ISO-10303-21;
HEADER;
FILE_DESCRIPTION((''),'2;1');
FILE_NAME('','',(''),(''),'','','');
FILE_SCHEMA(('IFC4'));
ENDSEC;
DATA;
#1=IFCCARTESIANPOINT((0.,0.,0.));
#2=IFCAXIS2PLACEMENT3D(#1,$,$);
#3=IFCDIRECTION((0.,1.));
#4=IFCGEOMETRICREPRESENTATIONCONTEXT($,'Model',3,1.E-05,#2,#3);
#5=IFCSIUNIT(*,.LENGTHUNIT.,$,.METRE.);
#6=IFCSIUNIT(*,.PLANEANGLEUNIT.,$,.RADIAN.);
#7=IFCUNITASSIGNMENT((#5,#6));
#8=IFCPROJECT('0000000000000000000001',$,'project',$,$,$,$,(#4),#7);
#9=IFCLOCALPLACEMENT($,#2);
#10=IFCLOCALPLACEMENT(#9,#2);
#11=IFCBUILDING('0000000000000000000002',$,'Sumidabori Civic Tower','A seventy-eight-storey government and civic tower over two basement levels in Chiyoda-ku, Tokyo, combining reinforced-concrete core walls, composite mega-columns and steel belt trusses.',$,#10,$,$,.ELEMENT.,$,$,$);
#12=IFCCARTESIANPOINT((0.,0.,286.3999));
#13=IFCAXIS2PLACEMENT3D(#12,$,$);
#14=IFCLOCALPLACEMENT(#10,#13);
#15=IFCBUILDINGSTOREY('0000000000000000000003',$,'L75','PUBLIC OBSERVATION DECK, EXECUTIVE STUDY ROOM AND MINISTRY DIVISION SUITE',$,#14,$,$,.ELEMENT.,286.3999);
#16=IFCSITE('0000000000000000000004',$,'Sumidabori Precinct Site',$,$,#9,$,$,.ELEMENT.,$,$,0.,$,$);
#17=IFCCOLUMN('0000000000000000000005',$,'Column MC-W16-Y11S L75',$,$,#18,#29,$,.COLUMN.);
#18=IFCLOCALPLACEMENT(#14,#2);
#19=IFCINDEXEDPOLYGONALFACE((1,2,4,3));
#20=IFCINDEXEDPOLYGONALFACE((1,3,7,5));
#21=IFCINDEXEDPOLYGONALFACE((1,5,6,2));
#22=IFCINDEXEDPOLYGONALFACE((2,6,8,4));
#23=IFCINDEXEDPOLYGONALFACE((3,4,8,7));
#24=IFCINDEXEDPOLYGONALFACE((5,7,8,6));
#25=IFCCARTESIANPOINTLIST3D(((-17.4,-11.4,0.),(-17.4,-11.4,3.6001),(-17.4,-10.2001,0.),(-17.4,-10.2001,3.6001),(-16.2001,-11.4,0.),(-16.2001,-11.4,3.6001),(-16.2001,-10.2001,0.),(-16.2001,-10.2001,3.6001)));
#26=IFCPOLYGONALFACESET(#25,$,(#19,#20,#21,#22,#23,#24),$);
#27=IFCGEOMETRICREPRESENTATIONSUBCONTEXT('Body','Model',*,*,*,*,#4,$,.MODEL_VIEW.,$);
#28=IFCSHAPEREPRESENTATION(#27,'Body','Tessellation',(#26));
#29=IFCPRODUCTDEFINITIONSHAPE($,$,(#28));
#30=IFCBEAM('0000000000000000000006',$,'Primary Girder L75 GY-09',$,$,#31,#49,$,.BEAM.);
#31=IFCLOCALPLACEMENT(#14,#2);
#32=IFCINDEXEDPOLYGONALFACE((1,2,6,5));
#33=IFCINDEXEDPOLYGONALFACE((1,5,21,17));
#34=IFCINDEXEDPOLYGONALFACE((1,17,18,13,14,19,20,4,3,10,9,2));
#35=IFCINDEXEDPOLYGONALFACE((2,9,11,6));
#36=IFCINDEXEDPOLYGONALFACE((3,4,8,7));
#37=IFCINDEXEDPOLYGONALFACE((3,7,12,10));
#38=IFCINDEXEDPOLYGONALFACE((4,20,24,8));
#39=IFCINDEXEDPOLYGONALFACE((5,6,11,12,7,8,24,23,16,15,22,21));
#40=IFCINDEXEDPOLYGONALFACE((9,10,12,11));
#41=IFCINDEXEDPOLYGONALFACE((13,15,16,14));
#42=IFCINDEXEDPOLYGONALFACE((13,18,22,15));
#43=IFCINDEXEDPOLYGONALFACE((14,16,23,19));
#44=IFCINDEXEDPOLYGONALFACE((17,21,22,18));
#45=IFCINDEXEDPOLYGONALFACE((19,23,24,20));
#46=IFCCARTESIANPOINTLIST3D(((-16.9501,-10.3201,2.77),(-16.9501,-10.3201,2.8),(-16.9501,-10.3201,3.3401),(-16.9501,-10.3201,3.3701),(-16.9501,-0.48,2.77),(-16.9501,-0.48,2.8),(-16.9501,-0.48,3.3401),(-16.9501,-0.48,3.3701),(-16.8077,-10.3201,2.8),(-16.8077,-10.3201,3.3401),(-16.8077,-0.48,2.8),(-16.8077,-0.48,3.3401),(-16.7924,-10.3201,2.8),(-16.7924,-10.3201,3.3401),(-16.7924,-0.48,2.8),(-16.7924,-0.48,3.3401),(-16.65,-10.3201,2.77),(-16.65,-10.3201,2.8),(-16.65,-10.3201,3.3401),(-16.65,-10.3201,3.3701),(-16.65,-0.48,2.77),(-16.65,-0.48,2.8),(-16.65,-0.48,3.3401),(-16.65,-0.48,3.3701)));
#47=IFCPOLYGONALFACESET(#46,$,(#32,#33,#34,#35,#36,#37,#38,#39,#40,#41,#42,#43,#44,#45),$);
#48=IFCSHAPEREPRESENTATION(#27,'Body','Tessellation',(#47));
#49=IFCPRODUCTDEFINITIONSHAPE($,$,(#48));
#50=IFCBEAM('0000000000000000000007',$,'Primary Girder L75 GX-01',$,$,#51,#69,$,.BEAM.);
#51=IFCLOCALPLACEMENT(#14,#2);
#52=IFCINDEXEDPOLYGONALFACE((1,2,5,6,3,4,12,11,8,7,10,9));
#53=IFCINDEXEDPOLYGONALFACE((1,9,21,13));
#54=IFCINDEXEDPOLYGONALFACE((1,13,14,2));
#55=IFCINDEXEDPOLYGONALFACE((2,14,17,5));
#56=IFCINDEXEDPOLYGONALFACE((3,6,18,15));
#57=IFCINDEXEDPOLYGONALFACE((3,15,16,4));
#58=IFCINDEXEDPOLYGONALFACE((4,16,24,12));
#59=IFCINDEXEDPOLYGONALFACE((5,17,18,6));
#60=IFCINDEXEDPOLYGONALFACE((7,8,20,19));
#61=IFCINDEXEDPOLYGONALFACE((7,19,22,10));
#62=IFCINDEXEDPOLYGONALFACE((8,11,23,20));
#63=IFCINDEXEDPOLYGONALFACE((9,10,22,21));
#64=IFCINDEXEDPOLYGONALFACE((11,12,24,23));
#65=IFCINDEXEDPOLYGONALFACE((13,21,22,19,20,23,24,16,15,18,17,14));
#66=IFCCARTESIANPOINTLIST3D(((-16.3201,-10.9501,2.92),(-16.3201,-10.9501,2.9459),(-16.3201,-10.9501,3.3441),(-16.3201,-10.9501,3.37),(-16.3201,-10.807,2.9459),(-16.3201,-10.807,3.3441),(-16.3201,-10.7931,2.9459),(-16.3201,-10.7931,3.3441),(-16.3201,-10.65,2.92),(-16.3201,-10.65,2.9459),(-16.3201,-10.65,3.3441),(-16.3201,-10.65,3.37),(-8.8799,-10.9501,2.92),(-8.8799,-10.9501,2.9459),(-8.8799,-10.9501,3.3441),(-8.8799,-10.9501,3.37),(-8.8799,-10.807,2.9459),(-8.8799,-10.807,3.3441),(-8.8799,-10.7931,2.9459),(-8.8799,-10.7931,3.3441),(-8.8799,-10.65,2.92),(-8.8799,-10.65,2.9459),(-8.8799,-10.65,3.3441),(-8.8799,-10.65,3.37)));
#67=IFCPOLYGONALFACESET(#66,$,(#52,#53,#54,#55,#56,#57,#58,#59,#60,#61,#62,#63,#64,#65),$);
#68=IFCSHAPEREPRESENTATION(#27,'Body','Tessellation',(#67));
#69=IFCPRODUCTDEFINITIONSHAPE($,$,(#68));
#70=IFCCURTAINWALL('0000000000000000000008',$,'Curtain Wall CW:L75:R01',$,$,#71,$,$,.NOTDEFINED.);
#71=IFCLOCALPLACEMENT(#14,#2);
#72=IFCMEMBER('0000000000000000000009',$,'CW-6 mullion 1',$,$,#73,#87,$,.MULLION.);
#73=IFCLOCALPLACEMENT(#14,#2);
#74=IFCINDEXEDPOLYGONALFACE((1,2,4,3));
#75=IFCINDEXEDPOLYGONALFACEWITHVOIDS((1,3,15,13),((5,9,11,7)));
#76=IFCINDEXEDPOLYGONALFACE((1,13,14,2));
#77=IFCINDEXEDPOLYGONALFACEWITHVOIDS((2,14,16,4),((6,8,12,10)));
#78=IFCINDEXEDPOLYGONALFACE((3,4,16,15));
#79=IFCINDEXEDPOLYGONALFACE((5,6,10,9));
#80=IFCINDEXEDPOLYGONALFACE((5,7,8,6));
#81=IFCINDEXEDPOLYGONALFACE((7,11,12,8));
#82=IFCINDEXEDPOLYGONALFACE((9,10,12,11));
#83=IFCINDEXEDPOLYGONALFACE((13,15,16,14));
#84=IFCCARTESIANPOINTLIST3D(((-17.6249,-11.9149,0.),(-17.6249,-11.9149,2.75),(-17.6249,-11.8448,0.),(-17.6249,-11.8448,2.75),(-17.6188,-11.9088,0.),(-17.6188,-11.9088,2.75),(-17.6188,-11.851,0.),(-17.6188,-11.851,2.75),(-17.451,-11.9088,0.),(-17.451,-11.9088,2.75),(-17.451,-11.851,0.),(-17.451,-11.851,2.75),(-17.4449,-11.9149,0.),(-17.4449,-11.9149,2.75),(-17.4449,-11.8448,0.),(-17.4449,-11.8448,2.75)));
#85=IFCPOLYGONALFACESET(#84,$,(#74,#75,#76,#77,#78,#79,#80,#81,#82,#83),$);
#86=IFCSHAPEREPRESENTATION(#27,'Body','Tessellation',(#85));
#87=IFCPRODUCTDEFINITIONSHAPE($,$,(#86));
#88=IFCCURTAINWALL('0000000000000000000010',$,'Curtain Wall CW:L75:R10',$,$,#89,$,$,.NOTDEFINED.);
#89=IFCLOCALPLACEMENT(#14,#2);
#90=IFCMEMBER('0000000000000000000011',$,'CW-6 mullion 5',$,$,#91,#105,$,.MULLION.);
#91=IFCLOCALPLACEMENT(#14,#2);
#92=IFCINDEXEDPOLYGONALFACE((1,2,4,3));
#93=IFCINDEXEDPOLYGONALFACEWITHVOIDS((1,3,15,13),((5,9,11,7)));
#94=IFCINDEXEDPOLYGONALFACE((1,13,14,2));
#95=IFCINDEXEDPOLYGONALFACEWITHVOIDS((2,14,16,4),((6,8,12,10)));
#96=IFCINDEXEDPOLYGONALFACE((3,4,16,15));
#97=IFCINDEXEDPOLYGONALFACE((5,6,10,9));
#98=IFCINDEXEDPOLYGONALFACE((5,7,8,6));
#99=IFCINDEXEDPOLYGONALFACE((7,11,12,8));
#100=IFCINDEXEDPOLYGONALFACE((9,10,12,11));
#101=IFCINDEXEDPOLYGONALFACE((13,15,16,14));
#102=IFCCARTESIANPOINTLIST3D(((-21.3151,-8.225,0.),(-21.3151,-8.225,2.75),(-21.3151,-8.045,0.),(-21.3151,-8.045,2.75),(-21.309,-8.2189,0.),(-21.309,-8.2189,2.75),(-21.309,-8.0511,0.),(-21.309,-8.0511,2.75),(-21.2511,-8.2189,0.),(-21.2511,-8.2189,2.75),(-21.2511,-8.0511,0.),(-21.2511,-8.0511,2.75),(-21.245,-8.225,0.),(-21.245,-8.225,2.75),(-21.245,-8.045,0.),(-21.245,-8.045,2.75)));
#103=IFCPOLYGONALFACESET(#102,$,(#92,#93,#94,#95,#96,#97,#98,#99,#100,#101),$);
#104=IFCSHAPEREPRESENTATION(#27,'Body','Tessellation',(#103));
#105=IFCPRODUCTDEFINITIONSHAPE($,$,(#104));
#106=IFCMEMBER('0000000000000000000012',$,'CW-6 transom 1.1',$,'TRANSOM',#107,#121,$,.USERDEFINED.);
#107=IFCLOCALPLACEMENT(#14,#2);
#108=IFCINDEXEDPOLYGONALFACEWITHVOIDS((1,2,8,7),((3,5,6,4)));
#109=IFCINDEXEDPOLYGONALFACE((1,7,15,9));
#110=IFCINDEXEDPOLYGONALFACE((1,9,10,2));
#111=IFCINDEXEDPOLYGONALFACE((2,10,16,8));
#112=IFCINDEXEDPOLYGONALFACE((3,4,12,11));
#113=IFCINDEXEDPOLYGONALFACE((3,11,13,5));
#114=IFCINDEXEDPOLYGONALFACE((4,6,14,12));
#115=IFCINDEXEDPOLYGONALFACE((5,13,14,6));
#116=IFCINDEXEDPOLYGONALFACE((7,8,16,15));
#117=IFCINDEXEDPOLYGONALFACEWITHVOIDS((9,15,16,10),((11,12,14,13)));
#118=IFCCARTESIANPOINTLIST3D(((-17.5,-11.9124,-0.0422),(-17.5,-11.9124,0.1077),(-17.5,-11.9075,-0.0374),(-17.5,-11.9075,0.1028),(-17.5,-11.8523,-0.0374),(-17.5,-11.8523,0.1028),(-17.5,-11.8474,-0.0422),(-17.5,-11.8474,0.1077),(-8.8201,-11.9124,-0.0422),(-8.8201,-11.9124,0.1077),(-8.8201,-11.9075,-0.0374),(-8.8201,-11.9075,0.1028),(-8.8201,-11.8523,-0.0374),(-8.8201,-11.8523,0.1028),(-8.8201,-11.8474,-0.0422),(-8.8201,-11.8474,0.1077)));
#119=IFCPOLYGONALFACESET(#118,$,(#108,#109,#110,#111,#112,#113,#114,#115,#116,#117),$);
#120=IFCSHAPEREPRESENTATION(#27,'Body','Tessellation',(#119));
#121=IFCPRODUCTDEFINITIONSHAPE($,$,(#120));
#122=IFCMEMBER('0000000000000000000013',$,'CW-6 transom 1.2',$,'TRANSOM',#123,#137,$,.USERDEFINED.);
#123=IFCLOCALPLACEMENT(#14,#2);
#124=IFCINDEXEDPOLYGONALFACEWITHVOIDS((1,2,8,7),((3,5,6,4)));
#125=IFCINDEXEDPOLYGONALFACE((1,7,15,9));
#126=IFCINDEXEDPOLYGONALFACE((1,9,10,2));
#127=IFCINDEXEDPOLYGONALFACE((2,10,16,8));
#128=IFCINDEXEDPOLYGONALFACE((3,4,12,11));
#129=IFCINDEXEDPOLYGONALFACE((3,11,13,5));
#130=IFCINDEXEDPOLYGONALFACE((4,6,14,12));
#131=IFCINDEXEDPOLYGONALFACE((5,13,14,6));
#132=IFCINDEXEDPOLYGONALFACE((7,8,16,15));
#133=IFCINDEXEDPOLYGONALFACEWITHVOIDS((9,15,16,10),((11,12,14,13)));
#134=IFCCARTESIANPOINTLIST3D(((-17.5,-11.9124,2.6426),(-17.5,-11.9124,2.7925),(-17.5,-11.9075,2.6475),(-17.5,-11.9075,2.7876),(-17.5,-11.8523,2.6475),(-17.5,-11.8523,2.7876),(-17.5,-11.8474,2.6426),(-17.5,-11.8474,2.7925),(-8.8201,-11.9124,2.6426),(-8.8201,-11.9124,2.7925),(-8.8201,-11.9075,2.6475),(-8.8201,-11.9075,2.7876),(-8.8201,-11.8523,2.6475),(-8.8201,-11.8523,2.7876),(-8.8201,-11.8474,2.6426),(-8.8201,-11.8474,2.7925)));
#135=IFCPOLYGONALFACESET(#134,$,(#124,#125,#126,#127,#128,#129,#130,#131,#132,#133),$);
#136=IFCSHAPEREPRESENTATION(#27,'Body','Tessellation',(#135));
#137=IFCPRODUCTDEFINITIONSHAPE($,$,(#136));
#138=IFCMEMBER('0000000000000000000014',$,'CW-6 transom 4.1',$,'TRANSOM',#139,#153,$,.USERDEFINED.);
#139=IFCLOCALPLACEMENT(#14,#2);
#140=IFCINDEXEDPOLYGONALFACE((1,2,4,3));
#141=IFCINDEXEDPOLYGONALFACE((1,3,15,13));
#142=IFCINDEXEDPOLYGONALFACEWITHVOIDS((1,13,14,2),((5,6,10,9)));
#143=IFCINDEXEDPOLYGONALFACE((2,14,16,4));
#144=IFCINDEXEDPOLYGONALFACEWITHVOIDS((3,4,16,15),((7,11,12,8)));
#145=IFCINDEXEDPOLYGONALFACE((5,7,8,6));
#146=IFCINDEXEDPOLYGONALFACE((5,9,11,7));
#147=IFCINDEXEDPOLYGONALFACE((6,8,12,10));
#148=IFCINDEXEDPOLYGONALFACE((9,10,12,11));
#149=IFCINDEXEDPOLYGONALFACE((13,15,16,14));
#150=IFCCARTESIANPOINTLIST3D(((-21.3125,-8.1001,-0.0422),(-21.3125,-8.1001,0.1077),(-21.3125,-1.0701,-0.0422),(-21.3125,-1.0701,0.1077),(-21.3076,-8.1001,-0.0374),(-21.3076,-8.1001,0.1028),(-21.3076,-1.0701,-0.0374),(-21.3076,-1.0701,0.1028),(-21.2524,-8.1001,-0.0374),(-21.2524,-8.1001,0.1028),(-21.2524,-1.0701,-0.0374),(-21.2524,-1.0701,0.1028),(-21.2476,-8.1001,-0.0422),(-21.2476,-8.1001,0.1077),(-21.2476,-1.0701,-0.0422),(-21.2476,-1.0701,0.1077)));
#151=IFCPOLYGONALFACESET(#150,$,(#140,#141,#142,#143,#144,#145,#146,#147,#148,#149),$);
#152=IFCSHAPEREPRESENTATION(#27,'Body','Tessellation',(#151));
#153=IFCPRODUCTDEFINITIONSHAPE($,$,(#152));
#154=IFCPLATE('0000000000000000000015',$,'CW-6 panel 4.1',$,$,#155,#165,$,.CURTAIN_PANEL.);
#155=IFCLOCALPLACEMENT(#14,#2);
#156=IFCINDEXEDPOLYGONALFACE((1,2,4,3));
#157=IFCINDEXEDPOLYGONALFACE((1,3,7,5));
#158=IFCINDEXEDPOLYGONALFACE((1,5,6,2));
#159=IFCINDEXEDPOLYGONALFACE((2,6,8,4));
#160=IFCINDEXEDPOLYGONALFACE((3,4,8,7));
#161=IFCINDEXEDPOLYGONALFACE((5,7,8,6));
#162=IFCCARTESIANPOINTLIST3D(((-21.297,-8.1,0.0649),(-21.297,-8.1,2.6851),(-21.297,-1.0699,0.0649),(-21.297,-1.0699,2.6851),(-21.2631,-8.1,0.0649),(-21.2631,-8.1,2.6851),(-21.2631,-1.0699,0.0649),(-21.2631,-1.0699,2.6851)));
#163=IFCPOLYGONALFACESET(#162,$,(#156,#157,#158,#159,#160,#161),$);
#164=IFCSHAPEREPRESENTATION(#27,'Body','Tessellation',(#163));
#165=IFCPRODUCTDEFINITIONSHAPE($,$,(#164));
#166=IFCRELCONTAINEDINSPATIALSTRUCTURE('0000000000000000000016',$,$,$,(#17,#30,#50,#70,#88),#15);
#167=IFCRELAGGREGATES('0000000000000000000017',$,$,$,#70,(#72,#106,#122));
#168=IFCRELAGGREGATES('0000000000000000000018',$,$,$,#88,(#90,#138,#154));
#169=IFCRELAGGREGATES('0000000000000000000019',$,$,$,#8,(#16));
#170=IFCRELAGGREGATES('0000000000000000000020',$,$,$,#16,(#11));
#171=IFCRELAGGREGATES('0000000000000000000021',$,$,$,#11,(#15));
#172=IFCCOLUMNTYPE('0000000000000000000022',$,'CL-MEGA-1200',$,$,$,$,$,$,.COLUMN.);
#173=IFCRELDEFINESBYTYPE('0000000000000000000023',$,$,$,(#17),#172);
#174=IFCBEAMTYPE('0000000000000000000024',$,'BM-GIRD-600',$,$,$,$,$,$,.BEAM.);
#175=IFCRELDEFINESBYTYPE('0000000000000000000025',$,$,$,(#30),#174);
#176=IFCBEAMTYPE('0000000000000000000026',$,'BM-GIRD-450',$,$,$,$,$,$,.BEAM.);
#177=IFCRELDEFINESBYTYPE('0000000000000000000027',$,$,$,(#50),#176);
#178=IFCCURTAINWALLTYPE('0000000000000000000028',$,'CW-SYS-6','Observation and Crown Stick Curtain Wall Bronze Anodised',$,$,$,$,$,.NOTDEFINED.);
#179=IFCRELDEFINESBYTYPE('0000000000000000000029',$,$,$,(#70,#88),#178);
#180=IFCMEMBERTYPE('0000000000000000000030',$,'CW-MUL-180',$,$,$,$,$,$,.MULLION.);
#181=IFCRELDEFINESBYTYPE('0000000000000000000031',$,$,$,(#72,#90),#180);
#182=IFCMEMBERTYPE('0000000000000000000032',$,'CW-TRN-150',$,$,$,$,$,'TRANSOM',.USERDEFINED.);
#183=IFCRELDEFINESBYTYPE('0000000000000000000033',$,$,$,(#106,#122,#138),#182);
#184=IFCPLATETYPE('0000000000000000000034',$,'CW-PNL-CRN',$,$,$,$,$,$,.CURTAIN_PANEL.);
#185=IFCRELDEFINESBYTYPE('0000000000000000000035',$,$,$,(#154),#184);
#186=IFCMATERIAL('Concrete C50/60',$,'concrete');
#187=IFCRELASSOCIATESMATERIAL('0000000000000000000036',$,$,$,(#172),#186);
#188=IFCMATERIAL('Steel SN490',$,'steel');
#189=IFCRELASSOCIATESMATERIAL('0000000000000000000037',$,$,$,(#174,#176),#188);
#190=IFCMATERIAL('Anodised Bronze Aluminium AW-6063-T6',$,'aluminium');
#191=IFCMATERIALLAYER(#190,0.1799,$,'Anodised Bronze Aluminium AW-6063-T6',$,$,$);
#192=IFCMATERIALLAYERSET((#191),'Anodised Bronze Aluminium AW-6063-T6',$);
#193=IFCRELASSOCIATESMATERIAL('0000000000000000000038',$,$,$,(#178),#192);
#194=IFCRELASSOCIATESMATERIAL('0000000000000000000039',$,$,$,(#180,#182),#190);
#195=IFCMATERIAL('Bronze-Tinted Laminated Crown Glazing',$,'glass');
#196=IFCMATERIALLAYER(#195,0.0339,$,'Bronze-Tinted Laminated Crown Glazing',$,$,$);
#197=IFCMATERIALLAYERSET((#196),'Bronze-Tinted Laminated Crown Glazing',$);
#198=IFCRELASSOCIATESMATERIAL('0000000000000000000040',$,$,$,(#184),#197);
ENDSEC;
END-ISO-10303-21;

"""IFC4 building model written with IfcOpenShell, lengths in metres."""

from ifc_helpers import new_model, si_unit, direction, frame, origin, origin_2d, place, context, subcontext, project, spatial, rectangle, hollow_rectangle, i_section, extrude, source, transform, mapped, material, layer, layer_set, material_profile, profile_set, type_object, element, aggregate, save


model = new_model("IFC4")

# Units and contexts
model_context = context("Model", 3, precision=1e-05, world=origin(), true_north=direction((0.0, 1.0)))
body_context = subcontext(model_context, "Body", "Model", "MODEL_VIEW")
ifc_project = project(units=[si_unit("LENGTHUNIT", "METRE"), si_unit("PLANEANGLEUNIT", "RADIAN")], contexts=[model_context])

# Site, building, storey
site_placement = place(None, origin())
site = spatial("IfcSite", under=ifc_project, at=site_placement, Name="Sumidabori Precinct Site", CompositionType="ELEMENT", RefElevation=0.0)
building_placement = place(site_placement, origin())
building = spatial("IfcBuilding", under=site, at=building_placement, Name="Sumidabori Civic Tower", Description="A seventy-eight-storey government and civic tower over two basement levels in Chiyoda-ku, Tokyo, combining reinforced-concrete core walls, composite mega-columns and steel belt trusses.", CompositionType="ELEMENT")
storey_placement = place(building_placement, frame((0.0, 0.0, 286.3999)))
storey = spatial("IfcBuildingStorey", under=building, at=storey_placement, Name="L75", Description="PUBLIC OBSERVATION DECK, EXECUTIVE STUDY ROOM AND MINISTRY DIVISION SUITE", CompositionType="ELEMENT", Elevation=286.3999)

# Column
ifc_material_1 = material(Name="Concrete C50/60", Category="concrete")
ifc_material_profile_1 = material_profile(ifc_material_1, rectangle(XDim=1.2, YDim=1.2, at=origin_2d()), Name="RC 1200x1200")
ifc_profile_set_1 = profile_set([ifc_material_profile_1], Name="Concrete C50/60")
column_type = type_object("IfcColumnType", Name="CL-MEGA-1200", PredefinedType="COLUMN", material=ifc_profile_set_1)
shared_shape_1 = source(origin(), body_context, "Body", "SweptSolid", [
    extrude(rectangle(XDim=1.2, YDim=1.2, at=origin_2d()), origin(), (0.0, 0.0, 1.0), 3.6001),
])
column_placement = place(storey_placement, frame((-16.8, -10.8, 0.0), z_axis=(0.0, 0.0, 1.0), x_axis=(1.0, 0.0, 0.0)))
element("IfcColumn", 1, at=column_placement, inside=storey, type_object=column_type, Name="Column MC-W16-Y11S L75", PredefinedType="COLUMN", context=body_context, shape_type="MappedRepresentation", body=[
    mapped(shared_shape_1, transform((0.0, 0.0, 0.0), x_axis=(1.0, 0.0, 0.0), y_axis=(0.0, 1.0, 0.0), z_axis=(0.0, 0.0, 1.0), scale=1.0)),
])

# Beams
ifc_material_2 = material(Name="Steel SN490", Category="steel")
ifc_material_profile_2 = material_profile(ifc_material_2, i_section(OverallWidth=0.3, OverallDepth=0.6001, WebThickness=0.0154, FlangeThickness=0.03, at=origin_2d()), Name="HE 600 B")
ifc_profile_set_2 = profile_set([ifc_material_profile_2], Name="Steel SN490")
beam_type_1 = type_object("IfcBeamType", Name="BM-GIRD-600", PredefinedType="BEAM", material=ifc_profile_set_2)
shared_shape_2 = source(origin(), body_context, "Body", "SweptSolid", [
    extrude(i_section(OverallWidth=0.3, OverallDepth=0.6001, WebThickness=0.0154, FlangeThickness=0.03, at=origin_2d()), origin(), (0.0, 0.0, 1.0), 9.8401),
])
beam_1_placement = place(storey_placement, frame((-16.8, -10.3201, 3.0701), z_axis=(0.0, 1.0, 0.0), x_axis=(-1.0, 0.0, 0.0)))
element("IfcBeam", 2, at=beam_1_placement, inside=storey, type_object=beam_type_1, Name="Primary Girder L75 GY-09", PredefinedType="BEAM", context=body_context, shape_type="MappedRepresentation", body=[
    mapped(shared_shape_2, transform((0.0, 0.0, 0.0), x_axis=(1.0, 0.0, 0.0), y_axis=(0.0, 1.0, 0.0), z_axis=(0.0, 0.0, 1.0), scale=1.0)),
])
ifc_material_profile_3 = material_profile(ifc_material_2, i_section(OverallWidth=0.3, OverallDepth=0.45, WebThickness=0.0139, FlangeThickness=0.0259, at=origin_2d()), Name="HE 450 B")
ifc_profile_set_3 = profile_set([ifc_material_profile_3], Name="Steel SN490")
beam_type_2 = type_object("IfcBeamType", Name="BM-GIRD-450", PredefinedType="BEAM", material=ifc_profile_set_3)
shared_shape_3 = source(origin(), body_context, "Body", "SweptSolid", [
    extrude(i_section(OverallWidth=0.3, OverallDepth=0.45, WebThickness=0.0139, FlangeThickness=0.0259, at=origin_2d()), origin(), (0.0, 0.0, 1.0), 7.4402),
])
beam_2_placement = place(storey_placement, frame((-16.3201, -10.8, 3.145), z_axis=(1.0, 0.0, 0.0), x_axis=(0.0, 1.0, 0.0)))
element("IfcBeam", 3, at=beam_2_placement, inside=storey, type_object=beam_type_2, Name="Primary Girder L75 GX-01", PredefinedType="BEAM", context=body_context, shape_type="MappedRepresentation", body=[
    mapped(shared_shape_3, transform((0.0, 0.0, 0.0), x_axis=(1.0, 0.0, 0.0), y_axis=(0.0, 1.0, 0.0), z_axis=(0.0, 0.0, 1.0), scale=1.0)),
])

# Curtain walls, members
ifc_material_3 = material(Name="Anodised Bronze Aluminium AW-6063-T6", Category="aluminium")
ifc_layer_1 = layer(ifc_material_3, 0.1799, Name="Anodised Bronze Aluminium AW-6063-T6")
ifc_layer_set_1 = layer_set([ifc_layer_1], Name="Anodised Bronze Aluminium AW-6063-T6")
curtain_wall_type = type_object("IfcCurtainWallType", Name="CW-SYS-6", Description="Observation and Crown Stick Curtain Wall Bronze Anodised", PredefinedType="NOTDEFINED", material=ifc_layer_set_1)
curtain_wall_1_placement = place(storey_placement, origin())
curtain_wall_1 = element("IfcCurtainWall", 4, at=curtain_wall_1_placement, inside=storey, type_object=curtain_wall_type, Name="Curtain Wall CW:L75:R01", PredefinedType="NOTDEFINED")
ifc_material_profile_4 = material_profile(ifc_material_3, hollow_rectangle(XDim=0.0701, YDim=0.1799, WallThickness=0.0061, at=origin_2d()), Name="ALU MULLION 180x70")
ifc_profile_set_4 = profile_set([ifc_material_profile_4], Name="Anodised Bronze Aluminium AW-6063-T6")
member_type_1 = type_object("IfcMemberType", Name="CW-MUL-180", PredefinedType="MULLION", material=ifc_profile_set_4)
shared_shape_4 = source(origin(), body_context, "Body", "SweptSolid", [
    extrude(hollow_rectangle(XDim=0.0701, YDim=0.1799, WallThickness=0.0061, at=origin_2d()), origin(), (0.0, 0.0, 1.0), 2.75),
])
member_1_placement = place(storey_placement, frame((-17.5349, -11.8799, 0.0), z_axis=(0.0, 0.0, 1.0), x_axis=(0.0, 1.0, 0.0)))
member_1 = element("IfcMember", 5, at=member_1_placement, type_object=member_type_1, Name="CW-6 mullion 1", PredefinedType="MULLION", context=body_context, shape_type="MappedRepresentation", body=[
    mapped(shared_shape_4, transform((0.0, 0.0, 0.0), x_axis=(1.0, 0.0, 0.0), y_axis=(0.0, 1.0, 0.0), z_axis=(0.0, 0.0, 1.0), scale=1.0)),
])
curtain_wall_2_placement = place(storey_placement, origin())
curtain_wall_2 = element("IfcCurtainWall", 6, at=curtain_wall_2_placement, inside=storey, type_object=curtain_wall_type, Name="Curtain Wall CW:L75:R10", PredefinedType="NOTDEFINED")
member_2_placement = place(storey_placement, frame((-21.28, -8.135, 0.0), z_axis=(0.0, 0.0, 1.0), x_axis=(1.0, 0.0, 0.0)))
member_2 = element("IfcMember", 7, at=member_2_placement, type_object=member_type_1, Name="CW-6 mullion 5", PredefinedType="MULLION", context=body_context, shape_type="MappedRepresentation", body=[
    mapped(shared_shape_4, transform((0.0, 0.0, 0.0), x_axis=(1.0, 0.0, 0.0), y_axis=(0.0, 1.0, 0.0), z_axis=(0.0, 0.0, 1.0), scale=1.0)),
])

# Members
ifc_material_profile_5 = material_profile(ifc_material_3, hollow_rectangle(XDim=0.0649, YDim=0.1499, WallThickness=0.0049, at=origin_2d()), Name="ALU TRANSOM 150x65")
ifc_profile_set_5 = profile_set([ifc_material_profile_5], Name="Anodised Bronze Aluminium AW-6063-T6")
member_type_2 = type_object("IfcMemberType", Name="CW-TRN-150", ElementType="TRANSOM", PredefinedType="USERDEFINED", material=ifc_profile_set_5)
shared_shape_5 = source(origin(), body_context, "Body", "SweptSolid", [
    extrude(hollow_rectangle(XDim=0.0649, YDim=0.1499, WallThickness=0.0049, at=origin_2d()), origin(), (0.0, 0.0, 1.0), 8.6799),
])
member_3_placement = place(storey_placement, frame((-17.5, -11.8799, 0.0327), z_axis=(1.0, 0.0, 0.0), x_axis=(0.0, 1.0, 0.0)))
member_3 = element("IfcMember", 8, at=member_3_placement, type_object=member_type_2, Name="CW-6 transom 1.1", ObjectType="TRANSOM", PredefinedType="USERDEFINED", context=body_context, shape_type="MappedRepresentation", body=[
    mapped(shared_shape_5, transform((0.0, 0.0, 0.0), x_axis=(1.0, 0.0, 0.0), y_axis=(0.0, 1.0, 0.0), z_axis=(0.0, 0.0, 1.0), scale=1.0)),
])
member_4_placement = place(storey_placement, frame((-17.5, -11.8799, 2.7175), z_axis=(1.0, 0.0, 0.0), x_axis=(0.0, 1.0, 0.0)))
member_4 = element("IfcMember", 9, at=member_4_placement, type_object=member_type_2, Name="CW-6 transom 1.2", ObjectType="TRANSOM", PredefinedType="USERDEFINED", context=body_context, shape_type="MappedRepresentation", body=[
    mapped(shared_shape_5, transform((0.0, 0.0, 0.0), x_axis=(1.0, 0.0, 0.0), y_axis=(0.0, 1.0, 0.0), z_axis=(0.0, 0.0, 1.0), scale=1.0)),
])
aggregate(curtain_wall_1, [member_1, member_3, member_4])
shared_shape_6 = source(origin(), body_context, "Body", "SweptSolid", [
    extrude(hollow_rectangle(XDim=0.0649, YDim=0.1499, WallThickness=0.0049, at=origin_2d()), origin(), (0.0, 0.0, 1.0), 7.03),
])
member_5_placement = place(storey_placement, frame((-21.28, -1.0701, 0.0327), z_axis=(0.0, -1.0, 0.0), x_axis=(1.0, 0.0, 0.0)))
member_5 = element("IfcMember", 10, at=member_5_placement, type_object=member_type_2, Name="CW-6 transom 4.1", ObjectType="TRANSOM", PredefinedType="USERDEFINED", context=body_context, shape_type="MappedRepresentation", body=[
    mapped(shared_shape_6, transform((0.0, 0.0, 0.0), x_axis=(1.0, 0.0, 0.0), y_axis=(0.0, 1.0, 0.0), z_axis=(0.0, 0.0, 1.0), scale=1.0)),
])

# Plate
ifc_material_4 = material(Name="Bronze-Tinted Laminated Crown Glazing", Category="glass")
ifc_layer_2 = layer(ifc_material_4, 0.0339, Name="Bronze-Tinted Laminated Crown Glazing")
ifc_layer_set_2 = layer_set([ifc_layer_2], Name="Bronze-Tinted Laminated Crown Glazing")
plate_type = type_object("IfcPlateType", Name="CW-PNL-CRN", PredefinedType="CURTAIN_PANEL", material=ifc_layer_set_2)
shared_shape_7 = source(origin(), body_context, "Body", "SweptSolid", [
    extrude(rectangle(XDim=7.03, YDim=0.0339, at=origin_2d()), origin(), (0.0, 0.0, 1.0), 2.6201),
])
plate_placement = place(storey_placement, frame((-21.28, -4.585, 0.0649), z_axis=(0.0, 0.0, 1.0), x_axis=(0.0, -1.0, 0.0)))
plate = element("IfcPlate", 11, at=plate_placement, type_object=plate_type, Name="CW-6 panel 4.1", PredefinedType="CURTAIN_PANEL", context=body_context, shape_type="MappedRepresentation", body=[
    mapped(shared_shape_7, transform((0.0, 0.0, 0.0), x_axis=(1.0, 0.0, 0.0), y_axis=(0.0, 1.0, 0.0), z_axis=(0.0, 0.0, 1.0), scale=1.0)),
])
aggregate(curtain_wall_2, [member_2, member_5, plate])

save(model, "model.ifc")
